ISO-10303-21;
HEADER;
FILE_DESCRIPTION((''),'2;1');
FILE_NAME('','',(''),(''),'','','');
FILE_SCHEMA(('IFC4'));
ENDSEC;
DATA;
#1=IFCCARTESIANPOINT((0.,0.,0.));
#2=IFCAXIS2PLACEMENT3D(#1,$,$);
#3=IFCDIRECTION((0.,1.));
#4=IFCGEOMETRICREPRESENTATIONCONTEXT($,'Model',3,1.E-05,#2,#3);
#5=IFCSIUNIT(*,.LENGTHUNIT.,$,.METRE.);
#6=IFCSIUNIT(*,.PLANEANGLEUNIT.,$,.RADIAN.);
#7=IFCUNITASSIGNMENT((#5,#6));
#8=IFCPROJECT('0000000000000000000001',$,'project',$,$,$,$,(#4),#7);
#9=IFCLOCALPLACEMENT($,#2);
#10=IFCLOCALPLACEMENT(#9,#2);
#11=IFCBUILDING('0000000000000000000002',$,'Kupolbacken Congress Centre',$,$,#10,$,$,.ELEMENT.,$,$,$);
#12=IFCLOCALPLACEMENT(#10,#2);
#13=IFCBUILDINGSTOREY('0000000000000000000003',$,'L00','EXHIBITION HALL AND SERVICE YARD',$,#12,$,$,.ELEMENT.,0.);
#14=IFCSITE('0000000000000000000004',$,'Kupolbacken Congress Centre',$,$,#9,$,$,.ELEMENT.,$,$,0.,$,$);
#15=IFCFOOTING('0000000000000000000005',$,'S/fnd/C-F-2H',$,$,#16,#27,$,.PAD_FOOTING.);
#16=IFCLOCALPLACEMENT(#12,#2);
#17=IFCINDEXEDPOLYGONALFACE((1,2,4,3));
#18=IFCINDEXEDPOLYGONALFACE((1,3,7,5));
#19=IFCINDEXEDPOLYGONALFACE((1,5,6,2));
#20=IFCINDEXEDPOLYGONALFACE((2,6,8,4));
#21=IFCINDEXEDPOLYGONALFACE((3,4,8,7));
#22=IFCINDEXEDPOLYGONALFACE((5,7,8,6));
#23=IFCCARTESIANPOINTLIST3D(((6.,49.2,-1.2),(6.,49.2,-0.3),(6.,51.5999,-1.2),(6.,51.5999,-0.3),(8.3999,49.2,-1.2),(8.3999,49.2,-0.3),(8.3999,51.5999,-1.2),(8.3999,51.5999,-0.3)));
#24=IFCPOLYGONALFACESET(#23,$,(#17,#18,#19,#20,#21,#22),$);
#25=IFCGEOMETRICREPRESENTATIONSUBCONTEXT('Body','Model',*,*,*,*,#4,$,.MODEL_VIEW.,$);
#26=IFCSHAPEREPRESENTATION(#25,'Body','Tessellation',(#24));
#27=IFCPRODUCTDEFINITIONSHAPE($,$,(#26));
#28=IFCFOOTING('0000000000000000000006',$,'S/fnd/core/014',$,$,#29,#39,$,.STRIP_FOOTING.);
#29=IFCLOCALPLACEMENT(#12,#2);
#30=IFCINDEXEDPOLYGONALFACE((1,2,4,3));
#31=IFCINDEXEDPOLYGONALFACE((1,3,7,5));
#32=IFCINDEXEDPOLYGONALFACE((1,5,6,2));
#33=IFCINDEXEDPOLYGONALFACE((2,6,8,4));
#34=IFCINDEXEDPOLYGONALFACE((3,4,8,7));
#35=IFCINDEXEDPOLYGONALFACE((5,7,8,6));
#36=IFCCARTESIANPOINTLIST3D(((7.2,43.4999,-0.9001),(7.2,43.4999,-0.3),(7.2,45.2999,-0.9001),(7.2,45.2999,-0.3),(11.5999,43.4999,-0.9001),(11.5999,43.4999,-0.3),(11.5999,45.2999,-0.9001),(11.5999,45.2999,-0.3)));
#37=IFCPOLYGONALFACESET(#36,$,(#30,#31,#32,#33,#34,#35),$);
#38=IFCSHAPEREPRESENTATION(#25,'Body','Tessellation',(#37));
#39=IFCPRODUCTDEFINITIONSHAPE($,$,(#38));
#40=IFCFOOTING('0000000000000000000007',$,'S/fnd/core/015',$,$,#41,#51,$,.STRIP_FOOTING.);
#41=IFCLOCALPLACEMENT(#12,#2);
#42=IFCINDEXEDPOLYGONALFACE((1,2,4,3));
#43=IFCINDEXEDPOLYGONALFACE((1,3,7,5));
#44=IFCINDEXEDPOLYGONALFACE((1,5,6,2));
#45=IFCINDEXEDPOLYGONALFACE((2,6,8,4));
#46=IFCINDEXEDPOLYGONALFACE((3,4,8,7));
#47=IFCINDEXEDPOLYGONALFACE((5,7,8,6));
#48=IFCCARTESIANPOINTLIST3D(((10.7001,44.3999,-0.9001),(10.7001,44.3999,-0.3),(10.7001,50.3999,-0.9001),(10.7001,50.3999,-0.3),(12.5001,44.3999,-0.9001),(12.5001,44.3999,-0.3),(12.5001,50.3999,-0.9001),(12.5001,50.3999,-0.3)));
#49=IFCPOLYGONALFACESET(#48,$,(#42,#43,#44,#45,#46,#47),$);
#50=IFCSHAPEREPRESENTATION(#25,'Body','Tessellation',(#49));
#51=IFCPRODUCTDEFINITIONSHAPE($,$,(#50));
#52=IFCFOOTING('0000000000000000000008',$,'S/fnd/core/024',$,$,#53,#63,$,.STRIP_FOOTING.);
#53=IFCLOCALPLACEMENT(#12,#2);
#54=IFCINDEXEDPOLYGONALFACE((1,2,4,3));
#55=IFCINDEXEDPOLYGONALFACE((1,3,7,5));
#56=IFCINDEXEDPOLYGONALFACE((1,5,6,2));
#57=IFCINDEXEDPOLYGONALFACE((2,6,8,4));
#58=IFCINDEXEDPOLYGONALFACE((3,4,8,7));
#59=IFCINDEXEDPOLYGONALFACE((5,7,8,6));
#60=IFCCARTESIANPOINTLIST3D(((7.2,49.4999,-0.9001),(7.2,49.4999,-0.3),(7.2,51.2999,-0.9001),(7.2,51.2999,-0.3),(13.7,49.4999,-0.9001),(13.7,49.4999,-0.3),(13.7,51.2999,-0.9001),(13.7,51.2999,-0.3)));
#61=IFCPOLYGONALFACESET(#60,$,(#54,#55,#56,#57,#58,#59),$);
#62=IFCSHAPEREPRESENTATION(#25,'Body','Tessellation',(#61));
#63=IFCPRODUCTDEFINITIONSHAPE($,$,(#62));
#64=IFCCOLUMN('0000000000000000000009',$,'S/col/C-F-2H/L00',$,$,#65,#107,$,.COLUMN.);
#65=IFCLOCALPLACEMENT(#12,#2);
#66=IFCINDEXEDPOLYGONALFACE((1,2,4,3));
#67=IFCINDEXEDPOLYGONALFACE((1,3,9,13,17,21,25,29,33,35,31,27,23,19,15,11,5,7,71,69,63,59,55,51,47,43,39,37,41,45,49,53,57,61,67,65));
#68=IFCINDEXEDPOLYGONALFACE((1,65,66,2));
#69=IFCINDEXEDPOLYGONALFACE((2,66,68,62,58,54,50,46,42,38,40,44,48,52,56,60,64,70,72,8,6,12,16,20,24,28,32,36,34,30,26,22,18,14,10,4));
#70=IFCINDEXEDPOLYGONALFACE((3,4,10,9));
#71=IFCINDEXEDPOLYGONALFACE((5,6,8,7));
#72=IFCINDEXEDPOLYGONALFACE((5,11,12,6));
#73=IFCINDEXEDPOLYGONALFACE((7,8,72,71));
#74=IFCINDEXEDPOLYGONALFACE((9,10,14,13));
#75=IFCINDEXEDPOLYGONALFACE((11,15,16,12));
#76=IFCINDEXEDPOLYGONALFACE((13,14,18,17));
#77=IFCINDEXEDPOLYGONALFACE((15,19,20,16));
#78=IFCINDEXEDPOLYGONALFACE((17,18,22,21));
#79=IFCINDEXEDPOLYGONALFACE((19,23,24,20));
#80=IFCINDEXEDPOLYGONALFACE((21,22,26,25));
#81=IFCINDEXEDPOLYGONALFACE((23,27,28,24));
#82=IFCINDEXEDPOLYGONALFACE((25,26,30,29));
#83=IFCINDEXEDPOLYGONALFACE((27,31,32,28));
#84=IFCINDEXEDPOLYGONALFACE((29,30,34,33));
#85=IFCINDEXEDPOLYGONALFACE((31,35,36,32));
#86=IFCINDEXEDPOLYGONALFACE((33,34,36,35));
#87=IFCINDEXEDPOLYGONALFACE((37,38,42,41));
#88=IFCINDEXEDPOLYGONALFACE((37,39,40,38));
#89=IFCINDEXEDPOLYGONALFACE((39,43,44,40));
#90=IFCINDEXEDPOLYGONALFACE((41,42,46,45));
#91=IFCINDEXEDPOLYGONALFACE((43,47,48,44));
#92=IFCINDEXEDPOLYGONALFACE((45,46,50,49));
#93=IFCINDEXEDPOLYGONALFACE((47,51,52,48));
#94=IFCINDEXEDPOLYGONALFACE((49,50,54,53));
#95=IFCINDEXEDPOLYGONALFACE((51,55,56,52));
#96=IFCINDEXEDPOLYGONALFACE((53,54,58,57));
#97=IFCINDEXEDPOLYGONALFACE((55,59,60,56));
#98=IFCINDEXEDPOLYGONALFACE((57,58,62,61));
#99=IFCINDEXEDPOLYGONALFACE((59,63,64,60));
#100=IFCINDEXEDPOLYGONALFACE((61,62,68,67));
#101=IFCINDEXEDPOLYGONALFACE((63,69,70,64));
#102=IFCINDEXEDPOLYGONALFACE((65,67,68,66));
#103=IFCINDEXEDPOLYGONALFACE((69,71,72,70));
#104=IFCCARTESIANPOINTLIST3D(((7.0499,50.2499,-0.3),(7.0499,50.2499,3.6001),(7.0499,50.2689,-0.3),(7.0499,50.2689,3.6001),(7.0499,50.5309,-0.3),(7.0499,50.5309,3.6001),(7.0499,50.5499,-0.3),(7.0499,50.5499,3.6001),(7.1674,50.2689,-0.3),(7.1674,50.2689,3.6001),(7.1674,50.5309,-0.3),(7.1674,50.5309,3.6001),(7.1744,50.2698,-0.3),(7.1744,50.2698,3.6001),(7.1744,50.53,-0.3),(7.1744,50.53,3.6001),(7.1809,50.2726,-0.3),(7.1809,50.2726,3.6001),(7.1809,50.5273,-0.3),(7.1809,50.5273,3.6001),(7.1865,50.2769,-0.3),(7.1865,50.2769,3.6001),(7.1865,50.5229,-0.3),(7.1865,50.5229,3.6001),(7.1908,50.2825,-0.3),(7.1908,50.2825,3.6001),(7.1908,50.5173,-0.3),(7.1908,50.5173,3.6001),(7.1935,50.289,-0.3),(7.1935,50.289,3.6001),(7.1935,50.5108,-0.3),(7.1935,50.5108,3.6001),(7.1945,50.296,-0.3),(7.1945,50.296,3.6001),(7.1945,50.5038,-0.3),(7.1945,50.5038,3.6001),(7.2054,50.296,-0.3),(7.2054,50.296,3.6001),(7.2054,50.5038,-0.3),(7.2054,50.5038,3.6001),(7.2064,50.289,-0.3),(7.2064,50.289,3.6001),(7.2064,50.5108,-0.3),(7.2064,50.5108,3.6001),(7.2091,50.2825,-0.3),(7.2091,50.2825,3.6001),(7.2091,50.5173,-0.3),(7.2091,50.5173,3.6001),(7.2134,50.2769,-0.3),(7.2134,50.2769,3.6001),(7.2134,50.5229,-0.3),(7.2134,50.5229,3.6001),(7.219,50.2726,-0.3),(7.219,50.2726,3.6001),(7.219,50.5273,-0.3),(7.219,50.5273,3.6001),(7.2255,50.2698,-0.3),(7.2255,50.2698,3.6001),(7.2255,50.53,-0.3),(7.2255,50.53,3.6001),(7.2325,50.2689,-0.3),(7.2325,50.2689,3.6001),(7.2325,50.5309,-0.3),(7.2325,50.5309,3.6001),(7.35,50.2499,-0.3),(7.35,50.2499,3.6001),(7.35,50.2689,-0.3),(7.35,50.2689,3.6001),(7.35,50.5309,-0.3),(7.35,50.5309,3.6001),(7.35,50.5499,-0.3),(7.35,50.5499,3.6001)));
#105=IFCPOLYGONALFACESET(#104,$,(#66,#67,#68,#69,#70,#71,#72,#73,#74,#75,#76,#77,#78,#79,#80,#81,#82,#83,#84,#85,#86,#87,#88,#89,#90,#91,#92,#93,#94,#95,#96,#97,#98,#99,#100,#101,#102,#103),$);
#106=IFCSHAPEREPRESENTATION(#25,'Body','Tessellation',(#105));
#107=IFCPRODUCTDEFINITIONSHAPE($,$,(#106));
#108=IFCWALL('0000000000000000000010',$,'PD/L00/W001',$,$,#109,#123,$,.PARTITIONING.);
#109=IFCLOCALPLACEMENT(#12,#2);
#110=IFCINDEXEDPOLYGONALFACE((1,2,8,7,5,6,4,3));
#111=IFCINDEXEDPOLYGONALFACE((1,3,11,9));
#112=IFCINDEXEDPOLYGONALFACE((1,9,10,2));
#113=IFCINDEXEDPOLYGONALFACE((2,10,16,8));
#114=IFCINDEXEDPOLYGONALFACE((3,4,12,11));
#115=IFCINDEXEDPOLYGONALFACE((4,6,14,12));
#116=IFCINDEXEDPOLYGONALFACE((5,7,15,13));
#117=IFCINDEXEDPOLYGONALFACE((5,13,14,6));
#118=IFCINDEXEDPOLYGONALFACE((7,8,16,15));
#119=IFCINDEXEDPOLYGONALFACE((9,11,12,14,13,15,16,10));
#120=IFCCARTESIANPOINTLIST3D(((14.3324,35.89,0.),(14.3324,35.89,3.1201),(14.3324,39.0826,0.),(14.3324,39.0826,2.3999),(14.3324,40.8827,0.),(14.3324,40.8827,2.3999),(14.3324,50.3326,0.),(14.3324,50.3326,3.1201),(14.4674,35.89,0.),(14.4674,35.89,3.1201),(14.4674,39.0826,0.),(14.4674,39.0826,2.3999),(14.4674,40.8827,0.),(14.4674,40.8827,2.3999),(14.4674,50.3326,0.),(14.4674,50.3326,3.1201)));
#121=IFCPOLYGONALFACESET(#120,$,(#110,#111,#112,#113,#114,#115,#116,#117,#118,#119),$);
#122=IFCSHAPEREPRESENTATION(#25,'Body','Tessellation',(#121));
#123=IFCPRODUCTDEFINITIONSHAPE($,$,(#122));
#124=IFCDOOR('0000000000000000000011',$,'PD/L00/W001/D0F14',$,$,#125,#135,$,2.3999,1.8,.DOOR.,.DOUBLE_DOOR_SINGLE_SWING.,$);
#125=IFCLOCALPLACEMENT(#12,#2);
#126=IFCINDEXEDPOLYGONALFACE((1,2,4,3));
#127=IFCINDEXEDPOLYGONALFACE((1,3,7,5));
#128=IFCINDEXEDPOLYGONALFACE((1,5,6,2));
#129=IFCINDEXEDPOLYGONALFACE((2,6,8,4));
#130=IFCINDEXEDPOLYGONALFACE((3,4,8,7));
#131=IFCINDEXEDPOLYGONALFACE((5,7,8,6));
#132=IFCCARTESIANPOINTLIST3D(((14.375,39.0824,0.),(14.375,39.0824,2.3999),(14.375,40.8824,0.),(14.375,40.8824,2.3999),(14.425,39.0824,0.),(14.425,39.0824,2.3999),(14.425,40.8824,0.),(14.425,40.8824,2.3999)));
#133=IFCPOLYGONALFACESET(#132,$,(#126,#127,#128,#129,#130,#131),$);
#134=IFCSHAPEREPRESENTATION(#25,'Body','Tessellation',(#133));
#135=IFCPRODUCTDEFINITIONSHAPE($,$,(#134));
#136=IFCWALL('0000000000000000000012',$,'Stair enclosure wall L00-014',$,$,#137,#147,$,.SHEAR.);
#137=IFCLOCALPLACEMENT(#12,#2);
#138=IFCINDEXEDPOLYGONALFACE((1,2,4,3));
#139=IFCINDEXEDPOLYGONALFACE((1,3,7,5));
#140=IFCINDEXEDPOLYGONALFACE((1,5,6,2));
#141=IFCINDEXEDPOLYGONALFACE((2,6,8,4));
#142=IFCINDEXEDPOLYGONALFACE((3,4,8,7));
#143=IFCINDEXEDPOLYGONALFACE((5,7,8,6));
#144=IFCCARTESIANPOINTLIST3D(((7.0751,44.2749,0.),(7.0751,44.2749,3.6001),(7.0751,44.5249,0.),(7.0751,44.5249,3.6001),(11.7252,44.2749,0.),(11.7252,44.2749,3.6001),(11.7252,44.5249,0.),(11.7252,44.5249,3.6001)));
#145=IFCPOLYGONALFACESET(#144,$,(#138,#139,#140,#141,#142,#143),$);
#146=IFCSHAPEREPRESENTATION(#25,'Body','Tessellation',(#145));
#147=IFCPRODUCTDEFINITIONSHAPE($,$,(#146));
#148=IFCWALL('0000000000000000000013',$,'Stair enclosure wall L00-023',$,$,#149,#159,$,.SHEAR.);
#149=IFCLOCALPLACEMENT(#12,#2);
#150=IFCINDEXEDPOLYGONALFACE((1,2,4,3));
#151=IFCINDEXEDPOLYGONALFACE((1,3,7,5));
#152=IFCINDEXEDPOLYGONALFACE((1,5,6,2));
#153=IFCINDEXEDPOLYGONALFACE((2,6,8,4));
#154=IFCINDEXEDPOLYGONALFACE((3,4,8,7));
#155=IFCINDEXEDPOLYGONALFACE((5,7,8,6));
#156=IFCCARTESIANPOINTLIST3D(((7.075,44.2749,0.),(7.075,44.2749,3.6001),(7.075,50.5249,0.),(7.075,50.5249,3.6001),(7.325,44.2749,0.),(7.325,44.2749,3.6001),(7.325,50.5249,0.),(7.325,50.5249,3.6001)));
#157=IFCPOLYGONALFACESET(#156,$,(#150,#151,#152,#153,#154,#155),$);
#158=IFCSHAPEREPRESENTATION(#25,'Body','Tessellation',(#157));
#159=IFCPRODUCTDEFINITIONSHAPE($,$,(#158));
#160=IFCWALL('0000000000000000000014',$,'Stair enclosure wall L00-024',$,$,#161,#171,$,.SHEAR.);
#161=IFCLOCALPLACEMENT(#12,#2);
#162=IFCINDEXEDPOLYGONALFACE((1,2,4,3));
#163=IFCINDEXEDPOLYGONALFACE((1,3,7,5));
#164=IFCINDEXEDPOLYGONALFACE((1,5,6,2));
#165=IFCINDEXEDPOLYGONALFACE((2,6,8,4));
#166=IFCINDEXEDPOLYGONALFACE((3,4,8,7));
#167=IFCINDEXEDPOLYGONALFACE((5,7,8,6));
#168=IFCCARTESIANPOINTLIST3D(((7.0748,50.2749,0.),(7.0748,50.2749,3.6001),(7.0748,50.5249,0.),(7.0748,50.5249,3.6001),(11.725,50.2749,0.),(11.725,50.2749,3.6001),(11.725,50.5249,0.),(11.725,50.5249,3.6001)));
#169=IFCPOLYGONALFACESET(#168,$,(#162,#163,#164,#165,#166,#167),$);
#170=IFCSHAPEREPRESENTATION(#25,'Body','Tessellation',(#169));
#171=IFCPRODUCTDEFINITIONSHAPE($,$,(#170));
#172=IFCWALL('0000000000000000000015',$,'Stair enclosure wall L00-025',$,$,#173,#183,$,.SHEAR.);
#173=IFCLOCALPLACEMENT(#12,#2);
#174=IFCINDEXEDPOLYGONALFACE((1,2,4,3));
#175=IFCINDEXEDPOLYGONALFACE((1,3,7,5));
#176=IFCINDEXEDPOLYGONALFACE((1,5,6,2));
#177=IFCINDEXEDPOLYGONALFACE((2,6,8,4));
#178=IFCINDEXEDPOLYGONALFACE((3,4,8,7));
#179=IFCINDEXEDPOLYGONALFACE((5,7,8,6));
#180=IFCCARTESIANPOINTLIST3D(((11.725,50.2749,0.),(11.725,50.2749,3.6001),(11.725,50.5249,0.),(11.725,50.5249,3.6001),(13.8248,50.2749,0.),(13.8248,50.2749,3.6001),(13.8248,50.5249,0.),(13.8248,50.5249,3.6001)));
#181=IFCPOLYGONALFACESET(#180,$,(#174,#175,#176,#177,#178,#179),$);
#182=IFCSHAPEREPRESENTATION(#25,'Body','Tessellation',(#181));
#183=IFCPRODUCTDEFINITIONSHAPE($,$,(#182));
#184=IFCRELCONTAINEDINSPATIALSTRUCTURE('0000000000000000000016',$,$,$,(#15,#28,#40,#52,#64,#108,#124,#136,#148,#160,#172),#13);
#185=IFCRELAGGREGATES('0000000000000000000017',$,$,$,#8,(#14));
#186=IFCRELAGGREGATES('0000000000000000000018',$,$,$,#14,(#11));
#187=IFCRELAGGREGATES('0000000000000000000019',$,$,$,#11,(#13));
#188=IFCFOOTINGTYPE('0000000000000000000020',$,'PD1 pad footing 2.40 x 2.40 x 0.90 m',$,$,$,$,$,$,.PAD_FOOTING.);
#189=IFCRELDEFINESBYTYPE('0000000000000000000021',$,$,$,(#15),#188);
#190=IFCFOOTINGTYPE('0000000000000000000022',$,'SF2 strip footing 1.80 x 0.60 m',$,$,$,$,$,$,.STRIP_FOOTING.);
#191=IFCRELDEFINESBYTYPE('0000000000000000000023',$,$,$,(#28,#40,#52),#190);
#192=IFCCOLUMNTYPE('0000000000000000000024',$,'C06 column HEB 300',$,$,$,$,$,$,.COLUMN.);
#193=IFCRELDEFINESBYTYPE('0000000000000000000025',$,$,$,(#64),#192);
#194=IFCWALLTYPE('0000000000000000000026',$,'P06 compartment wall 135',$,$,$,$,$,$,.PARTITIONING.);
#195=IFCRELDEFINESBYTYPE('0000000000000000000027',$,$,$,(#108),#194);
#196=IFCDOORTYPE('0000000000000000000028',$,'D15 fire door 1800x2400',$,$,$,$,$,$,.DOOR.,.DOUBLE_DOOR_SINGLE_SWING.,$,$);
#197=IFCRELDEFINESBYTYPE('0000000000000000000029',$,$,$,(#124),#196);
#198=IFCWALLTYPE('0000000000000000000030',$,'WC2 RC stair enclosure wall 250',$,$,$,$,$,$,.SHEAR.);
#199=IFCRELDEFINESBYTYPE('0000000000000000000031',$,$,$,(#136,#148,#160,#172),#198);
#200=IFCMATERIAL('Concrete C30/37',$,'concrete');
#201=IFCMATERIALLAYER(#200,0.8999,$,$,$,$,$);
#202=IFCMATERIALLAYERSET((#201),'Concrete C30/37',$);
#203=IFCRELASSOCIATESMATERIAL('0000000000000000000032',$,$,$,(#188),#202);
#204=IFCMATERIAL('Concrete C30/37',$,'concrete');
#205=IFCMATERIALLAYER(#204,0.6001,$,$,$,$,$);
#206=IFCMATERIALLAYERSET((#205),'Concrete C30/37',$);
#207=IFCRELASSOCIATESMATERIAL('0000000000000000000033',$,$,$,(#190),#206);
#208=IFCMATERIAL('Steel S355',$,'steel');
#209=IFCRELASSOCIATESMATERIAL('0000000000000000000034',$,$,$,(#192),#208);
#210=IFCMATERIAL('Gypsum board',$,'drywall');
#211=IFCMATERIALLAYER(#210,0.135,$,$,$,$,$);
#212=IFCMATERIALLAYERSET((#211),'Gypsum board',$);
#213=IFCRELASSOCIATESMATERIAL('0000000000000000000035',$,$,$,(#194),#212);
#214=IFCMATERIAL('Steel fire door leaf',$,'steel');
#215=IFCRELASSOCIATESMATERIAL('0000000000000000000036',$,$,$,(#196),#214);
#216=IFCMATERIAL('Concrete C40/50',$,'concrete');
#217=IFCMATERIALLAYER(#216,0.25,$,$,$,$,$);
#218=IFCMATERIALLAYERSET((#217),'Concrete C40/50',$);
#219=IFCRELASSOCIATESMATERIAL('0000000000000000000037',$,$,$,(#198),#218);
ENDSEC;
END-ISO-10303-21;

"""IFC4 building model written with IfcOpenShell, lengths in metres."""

from ifc_helpers import new_model, si_unit, direction, frame, frame_2d, origin, origin_2d, place, context, subcontext, project, spatial, rectangle, i_section, extrude, material, layer, layer_set, material_profile, profile_set, type_object, element, fill, save


model = new_model("IFC4")

# Units and contexts
model_context = context("Model", 3, precision=1e-05, world=origin(), true_north=direction((0.0, 1.0)))
body_context = subcontext(model_context, "Body", "Model", "MODEL_VIEW")
ifc_project = project(units=[si_unit("LENGTHUNIT", "METRE"), si_unit("PLANEANGLEUNIT", "RADIAN")], contexts=[model_context])

# Site, building, storey
site_placement = place(None, origin())
site = spatial("IfcSite", under=ifc_project, at=site_placement, Name="Kupolbacken Congress Centre", CompositionType="ELEMENT", RefElevation=0.0)
building_placement = place(site_placement, origin())
building = spatial("IfcBuilding", under=site, at=building_placement, Name="Kupolbacken Congress Centre", CompositionType="ELEMENT")
storey_placement = place(building_placement, origin())
storey = spatial("IfcBuildingStorey", under=building, at=storey_placement, Name="L00", Description="EXHIBITION HALL AND SERVICE YARD", CompositionType="ELEMENT", Elevation=0.0)

# Footings
ifc_material_1 = material(Name="Concrete C30/37", Category="concrete")
ifc_layer_1 = layer(ifc_material_1, 0.8999)
ifc_layer_set_1 = layer_set([ifc_layer_1], Name="Concrete C30/37")
footing_type_1 = type_object("IfcFootingType", Name="PD1 pad footing 2.40 x 2.40 x 0.90 m", PredefinedType="PAD_FOOTING", material=ifc_layer_set_1)
footing_1_placement = place(storey_placement, frame((7.2, 50.3999, -1.2), z_axis=(0.0, 0.0, 1.0), x_axis=(1.0, 0.0, 0.0)))
element("IfcFooting", 1, at=footing_1_placement, inside=storey, type_object=footing_type_1, Name="S/fnd/C-F-2H", PredefinedType="PAD_FOOTING", context=body_context, shape_type="SweptSolid", body=[
    extrude(rectangle(XDim=2.3999, YDim=2.3999, at=origin_2d()), origin(), (0.0, 0.0, 1.0), 0.8999),
])
ifc_material_2 = material(Name="Concrete C30/37", Category="concrete")
ifc_layer_2 = layer(ifc_material_2, 0.6001)
ifc_layer_set_2 = layer_set([ifc_layer_2], Name="Concrete C30/37")
footing_type_2 = type_object("IfcFootingType", Name="SF2 strip footing 1.80 x 0.60 m", PredefinedType="STRIP_FOOTING", material=ifc_layer_set_2)
footing_2_placement = place(storey_placement, frame((9.3999, 44.3999, -0.9001), z_axis=(0.0, 0.0, 1.0), x_axis=(1.0, 0.0, 0.0)))
element("IfcFooting", 2, at=footing_2_placement, inside=storey, type_object=footing_type_2, Name="S/fnd/core/014", PredefinedType="STRIP_FOOTING", context=body_context, shape_type="SweptSolid", body=[
    extrude(rectangle(XDim=4.3999, YDim=1.8, at=origin_2d()), origin(), (0.0, 0.0, 1.0), 0.6001),
])
footing_3_placement = place(storey_placement, frame((11.6001, 47.3999, -0.9001), z_axis=(0.0, 0.0, 1.0), x_axis=(0.0, 1.0, 0.0)))
element("IfcFooting", 3, at=footing_3_placement, inside=storey, type_object=footing_type_2, Name="S/fnd/core/015", PredefinedType="STRIP_FOOTING", context=body_context, shape_type="SweptSolid", body=[
    extrude(rectangle(XDim=6.0, YDim=1.8, at=origin_2d()), origin(), (0.0, 0.0, 1.0), 0.6001),
])
footing_4_placement = place(storey_placement, frame((10.45, 50.3999, -0.9001), z_axis=(0.0, 0.0, 1.0), x_axis=(1.0, 0.0, 0.0)))
element("IfcFooting", 4, at=footing_4_placement, inside=storey, type_object=footing_type_2, Name="S/fnd/core/024", PredefinedType="STRIP_FOOTING", context=body_context, shape_type="SweptSolid", body=[
    extrude(rectangle(XDim=6.5, YDim=1.8, at=origin_2d()), origin(), (0.0, 0.0, 1.0), 0.6001),
])

# Column
ifc_material_3 = material(Name="Steel S355", Category="steel")
ifc_material_profile = material_profile(ifc_material_3, i_section(OverallWidth=0.3, OverallDepth=0.3, WebThickness=0.011, FlangeThickness=0.019, FilletRadius=0.0271, at=origin_2d()), Name="HEB 300")
ifc_profile_set = profile_set([ifc_material_profile], Name="Steel S355")
column_type = type_object("IfcColumnType", Name="C06 column HEB 300", PredefinedType="COLUMN", material=ifc_profile_set)
column_placement = place(storey_placement, frame((7.2, 50.3999, -0.3), z_axis=(0.0, 0.0, 1.0), x_axis=(1.0, 0.0, 0.0)))
element("IfcColumn", 5, at=column_placement, inside=storey, type_object=column_type, Name="S/col/C-F-2H/L00", PredefinedType="COLUMN", context=body_context, shape_type="SweptSolid", body=[
    extrude(i_section(OverallWidth=0.3, OverallDepth=0.3, WebThickness=0.011, FlangeThickness=0.019, FilletRadius=0.0271, at=origin_2d()), origin(), (0.0, 0.0, 1.0), 3.9001),
])

# Wall, opening, door
ifc_material_4 = material(Name="Gypsum board", Category="drywall")
ifc_layer_3 = layer(ifc_material_4, 0.135)
ifc_layer_set_3 = layer_set([ifc_layer_3], Name="Gypsum board")
wall_type_1 = type_object("IfcWallType", Name="P06 compartment wall 135", PredefinedType="PARTITIONING", material=ifc_layer_set_3)
wall_1_placement = place(storey_placement, frame((14.3999, 50.3325, 0.0), z_axis=(0.0, 0.0, 1.0), x_axis=(0.0, -1.0, 0.0)))
wall_1 = element("IfcWall", 6, at=wall_1_placement, inside=storey, type_object=wall_type_1, Name="PD/L00/W001", PredefinedType="PARTITIONING", context=body_context, shape_type="SweptSolid", body=[
    extrude(rectangle(XDim=14.4426, YDim=0.135, at=frame_2d((7.2212, 0.0))), origin(), (0.0, 0.0, 1.0), 3.1201),
])
opening_1_placement = place(wall_1_placement, frame((9.45, 0.0, 0.0)))
opening_1 = element("IfcOpeningElement", 7, at=opening_1_placement, cuts=wall_1, PredefinedType="OPENING", context=body_context, shape_type="SweptSolid", body=[
    extrude(rectangle(XDim=1.8, YDim=2.3999, at=frame_2d((0.8999, 1.2))), frame((0.0, 0.0774, 0.0), z_axis=(0.0, -1.0, 0.0), x_axis=(1.0, 0.0, 0.0)), (0.0, 0.0, 1.0), 0.155),
])
ifc_material_5 = material(Name="Steel fire door leaf", Category="steel")
door_type_1 = type_object("IfcDoorType", Name="D15 fire door 1800x2400", OperationType="DOUBLE_DOOR_SINGLE_SWING", PredefinedType="DOOR", material=ifc_material_5)
door_1_placement = place(opening_1_placement, frame((1.8, 0.0, 0.0), z_axis=(0.0, 0.0, 1.0), x_axis=(-1.0, 0.0, 0.0)))
door_1 = element("IfcDoor", 8, at=door_1_placement, inside=storey, type_object=door_type_1, Name="PD/L00/W001/D0F14", OperationType="DOUBLE_DOOR_SINGLE_SWING", OverallHeight=2.3999, OverallWidth=1.8, PredefinedType="DOOR", context=body_context, shape_type="SweptSolid", body=[
    extrude(rectangle(XDim=1.8, YDim=2.3999, at=frame_2d((0.8999, 1.2))), frame((0.0, 0.0249, 0.0), z_axis=(0.0, -1.0, 0.0), x_axis=(1.0, 0.0, 0.0)), (0.0, 0.0, 1.0), 0.05),
])
fill(opening_1, door_1)

# Wall
ifc_material_6 = material(Name="Concrete C40/50", Category="concrete")
ifc_layer_4 = layer(ifc_material_6, 0.25)
ifc_layer_set_4 = layer_set([ifc_layer_4], Name="Concrete C40/50")
wall_type_2 = type_object("IfcWallType", Name="WC2 RC stair enclosure wall 250", PredefinedType="SHEAR", material=ifc_layer_set_4)
wall_2_placement = place(storey_placement, frame((7.075, 44.3999, 0.0), z_axis=(0.0, 0.0, 1.0), x_axis=(1.0, 0.0, 0.0)))
element("IfcWall", 9, at=wall_2_placement, inside=storey, type_object=wall_type_2, Name="Stair enclosure wall L00-014", PredefinedType="SHEAR", context=body_context, shape_type="SweptSolid", body=[
    extrude(rectangle(XDim=4.6501, YDim=0.25, at=frame_2d((2.3252, 0.0))), origin(), (0.0, 0.0, 1.0), 3.6001),
])

# Walls
wall_3_placement = place(storey_placement, frame((7.2, 50.5249, 0.0), z_axis=(0.0, 0.0, 1.0), x_axis=(0.0, -1.0, 0.0)))
element("IfcWall", 10, at=wall_3_placement, inside=storey, type_object=wall_type_2, Name="Stair enclosure wall L00-023", PredefinedType="SHEAR", context=body_context, shape_type="SweptSolid", body=[
    extrude(rectangle(XDim=6.25, YDim=0.25, at=frame_2d((3.125, 0.0))), origin(), (0.0, 0.0, 1.0), 3.6001),
])
wall_4_placement = place(storey_placement, frame((11.7251, 50.3999, 0.0), z_axis=(0.0, 0.0, 1.0), x_axis=(-1.0, 0.0, 0.0)))
element("IfcWall", 11, at=wall_4_placement, inside=storey, type_object=wall_type_2, Name="Stair enclosure wall L00-024", PredefinedType="SHEAR", context=body_context, shape_type="SweptSolid", body=[
    extrude(rectangle(XDim=4.6501, YDim=0.25, at=frame_2d((2.3252, 0.0))), origin(), (0.0, 0.0, 1.0), 3.6001),
])
wall_5_placement = place(storey_placement, frame((11.7251, 50.3999, 0.0), z_axis=(0.0, 0.0, 1.0), x_axis=(1.0, 0.0, 0.0)))
element("IfcWall", 12, at=wall_5_placement, inside=storey, type_object=wall_type_2, Name="Stair enclosure wall L00-025", PredefinedType="SHEAR", context=body_context, shape_type="SweptSolid", body=[
    extrude(rectangle(XDim=2.0999, YDim=0.25, at=frame_2d((1.0498, 0.0))), origin(), (0.0, 0.0, 1.0), 3.6001),
])

save(model, "model.ifc")
